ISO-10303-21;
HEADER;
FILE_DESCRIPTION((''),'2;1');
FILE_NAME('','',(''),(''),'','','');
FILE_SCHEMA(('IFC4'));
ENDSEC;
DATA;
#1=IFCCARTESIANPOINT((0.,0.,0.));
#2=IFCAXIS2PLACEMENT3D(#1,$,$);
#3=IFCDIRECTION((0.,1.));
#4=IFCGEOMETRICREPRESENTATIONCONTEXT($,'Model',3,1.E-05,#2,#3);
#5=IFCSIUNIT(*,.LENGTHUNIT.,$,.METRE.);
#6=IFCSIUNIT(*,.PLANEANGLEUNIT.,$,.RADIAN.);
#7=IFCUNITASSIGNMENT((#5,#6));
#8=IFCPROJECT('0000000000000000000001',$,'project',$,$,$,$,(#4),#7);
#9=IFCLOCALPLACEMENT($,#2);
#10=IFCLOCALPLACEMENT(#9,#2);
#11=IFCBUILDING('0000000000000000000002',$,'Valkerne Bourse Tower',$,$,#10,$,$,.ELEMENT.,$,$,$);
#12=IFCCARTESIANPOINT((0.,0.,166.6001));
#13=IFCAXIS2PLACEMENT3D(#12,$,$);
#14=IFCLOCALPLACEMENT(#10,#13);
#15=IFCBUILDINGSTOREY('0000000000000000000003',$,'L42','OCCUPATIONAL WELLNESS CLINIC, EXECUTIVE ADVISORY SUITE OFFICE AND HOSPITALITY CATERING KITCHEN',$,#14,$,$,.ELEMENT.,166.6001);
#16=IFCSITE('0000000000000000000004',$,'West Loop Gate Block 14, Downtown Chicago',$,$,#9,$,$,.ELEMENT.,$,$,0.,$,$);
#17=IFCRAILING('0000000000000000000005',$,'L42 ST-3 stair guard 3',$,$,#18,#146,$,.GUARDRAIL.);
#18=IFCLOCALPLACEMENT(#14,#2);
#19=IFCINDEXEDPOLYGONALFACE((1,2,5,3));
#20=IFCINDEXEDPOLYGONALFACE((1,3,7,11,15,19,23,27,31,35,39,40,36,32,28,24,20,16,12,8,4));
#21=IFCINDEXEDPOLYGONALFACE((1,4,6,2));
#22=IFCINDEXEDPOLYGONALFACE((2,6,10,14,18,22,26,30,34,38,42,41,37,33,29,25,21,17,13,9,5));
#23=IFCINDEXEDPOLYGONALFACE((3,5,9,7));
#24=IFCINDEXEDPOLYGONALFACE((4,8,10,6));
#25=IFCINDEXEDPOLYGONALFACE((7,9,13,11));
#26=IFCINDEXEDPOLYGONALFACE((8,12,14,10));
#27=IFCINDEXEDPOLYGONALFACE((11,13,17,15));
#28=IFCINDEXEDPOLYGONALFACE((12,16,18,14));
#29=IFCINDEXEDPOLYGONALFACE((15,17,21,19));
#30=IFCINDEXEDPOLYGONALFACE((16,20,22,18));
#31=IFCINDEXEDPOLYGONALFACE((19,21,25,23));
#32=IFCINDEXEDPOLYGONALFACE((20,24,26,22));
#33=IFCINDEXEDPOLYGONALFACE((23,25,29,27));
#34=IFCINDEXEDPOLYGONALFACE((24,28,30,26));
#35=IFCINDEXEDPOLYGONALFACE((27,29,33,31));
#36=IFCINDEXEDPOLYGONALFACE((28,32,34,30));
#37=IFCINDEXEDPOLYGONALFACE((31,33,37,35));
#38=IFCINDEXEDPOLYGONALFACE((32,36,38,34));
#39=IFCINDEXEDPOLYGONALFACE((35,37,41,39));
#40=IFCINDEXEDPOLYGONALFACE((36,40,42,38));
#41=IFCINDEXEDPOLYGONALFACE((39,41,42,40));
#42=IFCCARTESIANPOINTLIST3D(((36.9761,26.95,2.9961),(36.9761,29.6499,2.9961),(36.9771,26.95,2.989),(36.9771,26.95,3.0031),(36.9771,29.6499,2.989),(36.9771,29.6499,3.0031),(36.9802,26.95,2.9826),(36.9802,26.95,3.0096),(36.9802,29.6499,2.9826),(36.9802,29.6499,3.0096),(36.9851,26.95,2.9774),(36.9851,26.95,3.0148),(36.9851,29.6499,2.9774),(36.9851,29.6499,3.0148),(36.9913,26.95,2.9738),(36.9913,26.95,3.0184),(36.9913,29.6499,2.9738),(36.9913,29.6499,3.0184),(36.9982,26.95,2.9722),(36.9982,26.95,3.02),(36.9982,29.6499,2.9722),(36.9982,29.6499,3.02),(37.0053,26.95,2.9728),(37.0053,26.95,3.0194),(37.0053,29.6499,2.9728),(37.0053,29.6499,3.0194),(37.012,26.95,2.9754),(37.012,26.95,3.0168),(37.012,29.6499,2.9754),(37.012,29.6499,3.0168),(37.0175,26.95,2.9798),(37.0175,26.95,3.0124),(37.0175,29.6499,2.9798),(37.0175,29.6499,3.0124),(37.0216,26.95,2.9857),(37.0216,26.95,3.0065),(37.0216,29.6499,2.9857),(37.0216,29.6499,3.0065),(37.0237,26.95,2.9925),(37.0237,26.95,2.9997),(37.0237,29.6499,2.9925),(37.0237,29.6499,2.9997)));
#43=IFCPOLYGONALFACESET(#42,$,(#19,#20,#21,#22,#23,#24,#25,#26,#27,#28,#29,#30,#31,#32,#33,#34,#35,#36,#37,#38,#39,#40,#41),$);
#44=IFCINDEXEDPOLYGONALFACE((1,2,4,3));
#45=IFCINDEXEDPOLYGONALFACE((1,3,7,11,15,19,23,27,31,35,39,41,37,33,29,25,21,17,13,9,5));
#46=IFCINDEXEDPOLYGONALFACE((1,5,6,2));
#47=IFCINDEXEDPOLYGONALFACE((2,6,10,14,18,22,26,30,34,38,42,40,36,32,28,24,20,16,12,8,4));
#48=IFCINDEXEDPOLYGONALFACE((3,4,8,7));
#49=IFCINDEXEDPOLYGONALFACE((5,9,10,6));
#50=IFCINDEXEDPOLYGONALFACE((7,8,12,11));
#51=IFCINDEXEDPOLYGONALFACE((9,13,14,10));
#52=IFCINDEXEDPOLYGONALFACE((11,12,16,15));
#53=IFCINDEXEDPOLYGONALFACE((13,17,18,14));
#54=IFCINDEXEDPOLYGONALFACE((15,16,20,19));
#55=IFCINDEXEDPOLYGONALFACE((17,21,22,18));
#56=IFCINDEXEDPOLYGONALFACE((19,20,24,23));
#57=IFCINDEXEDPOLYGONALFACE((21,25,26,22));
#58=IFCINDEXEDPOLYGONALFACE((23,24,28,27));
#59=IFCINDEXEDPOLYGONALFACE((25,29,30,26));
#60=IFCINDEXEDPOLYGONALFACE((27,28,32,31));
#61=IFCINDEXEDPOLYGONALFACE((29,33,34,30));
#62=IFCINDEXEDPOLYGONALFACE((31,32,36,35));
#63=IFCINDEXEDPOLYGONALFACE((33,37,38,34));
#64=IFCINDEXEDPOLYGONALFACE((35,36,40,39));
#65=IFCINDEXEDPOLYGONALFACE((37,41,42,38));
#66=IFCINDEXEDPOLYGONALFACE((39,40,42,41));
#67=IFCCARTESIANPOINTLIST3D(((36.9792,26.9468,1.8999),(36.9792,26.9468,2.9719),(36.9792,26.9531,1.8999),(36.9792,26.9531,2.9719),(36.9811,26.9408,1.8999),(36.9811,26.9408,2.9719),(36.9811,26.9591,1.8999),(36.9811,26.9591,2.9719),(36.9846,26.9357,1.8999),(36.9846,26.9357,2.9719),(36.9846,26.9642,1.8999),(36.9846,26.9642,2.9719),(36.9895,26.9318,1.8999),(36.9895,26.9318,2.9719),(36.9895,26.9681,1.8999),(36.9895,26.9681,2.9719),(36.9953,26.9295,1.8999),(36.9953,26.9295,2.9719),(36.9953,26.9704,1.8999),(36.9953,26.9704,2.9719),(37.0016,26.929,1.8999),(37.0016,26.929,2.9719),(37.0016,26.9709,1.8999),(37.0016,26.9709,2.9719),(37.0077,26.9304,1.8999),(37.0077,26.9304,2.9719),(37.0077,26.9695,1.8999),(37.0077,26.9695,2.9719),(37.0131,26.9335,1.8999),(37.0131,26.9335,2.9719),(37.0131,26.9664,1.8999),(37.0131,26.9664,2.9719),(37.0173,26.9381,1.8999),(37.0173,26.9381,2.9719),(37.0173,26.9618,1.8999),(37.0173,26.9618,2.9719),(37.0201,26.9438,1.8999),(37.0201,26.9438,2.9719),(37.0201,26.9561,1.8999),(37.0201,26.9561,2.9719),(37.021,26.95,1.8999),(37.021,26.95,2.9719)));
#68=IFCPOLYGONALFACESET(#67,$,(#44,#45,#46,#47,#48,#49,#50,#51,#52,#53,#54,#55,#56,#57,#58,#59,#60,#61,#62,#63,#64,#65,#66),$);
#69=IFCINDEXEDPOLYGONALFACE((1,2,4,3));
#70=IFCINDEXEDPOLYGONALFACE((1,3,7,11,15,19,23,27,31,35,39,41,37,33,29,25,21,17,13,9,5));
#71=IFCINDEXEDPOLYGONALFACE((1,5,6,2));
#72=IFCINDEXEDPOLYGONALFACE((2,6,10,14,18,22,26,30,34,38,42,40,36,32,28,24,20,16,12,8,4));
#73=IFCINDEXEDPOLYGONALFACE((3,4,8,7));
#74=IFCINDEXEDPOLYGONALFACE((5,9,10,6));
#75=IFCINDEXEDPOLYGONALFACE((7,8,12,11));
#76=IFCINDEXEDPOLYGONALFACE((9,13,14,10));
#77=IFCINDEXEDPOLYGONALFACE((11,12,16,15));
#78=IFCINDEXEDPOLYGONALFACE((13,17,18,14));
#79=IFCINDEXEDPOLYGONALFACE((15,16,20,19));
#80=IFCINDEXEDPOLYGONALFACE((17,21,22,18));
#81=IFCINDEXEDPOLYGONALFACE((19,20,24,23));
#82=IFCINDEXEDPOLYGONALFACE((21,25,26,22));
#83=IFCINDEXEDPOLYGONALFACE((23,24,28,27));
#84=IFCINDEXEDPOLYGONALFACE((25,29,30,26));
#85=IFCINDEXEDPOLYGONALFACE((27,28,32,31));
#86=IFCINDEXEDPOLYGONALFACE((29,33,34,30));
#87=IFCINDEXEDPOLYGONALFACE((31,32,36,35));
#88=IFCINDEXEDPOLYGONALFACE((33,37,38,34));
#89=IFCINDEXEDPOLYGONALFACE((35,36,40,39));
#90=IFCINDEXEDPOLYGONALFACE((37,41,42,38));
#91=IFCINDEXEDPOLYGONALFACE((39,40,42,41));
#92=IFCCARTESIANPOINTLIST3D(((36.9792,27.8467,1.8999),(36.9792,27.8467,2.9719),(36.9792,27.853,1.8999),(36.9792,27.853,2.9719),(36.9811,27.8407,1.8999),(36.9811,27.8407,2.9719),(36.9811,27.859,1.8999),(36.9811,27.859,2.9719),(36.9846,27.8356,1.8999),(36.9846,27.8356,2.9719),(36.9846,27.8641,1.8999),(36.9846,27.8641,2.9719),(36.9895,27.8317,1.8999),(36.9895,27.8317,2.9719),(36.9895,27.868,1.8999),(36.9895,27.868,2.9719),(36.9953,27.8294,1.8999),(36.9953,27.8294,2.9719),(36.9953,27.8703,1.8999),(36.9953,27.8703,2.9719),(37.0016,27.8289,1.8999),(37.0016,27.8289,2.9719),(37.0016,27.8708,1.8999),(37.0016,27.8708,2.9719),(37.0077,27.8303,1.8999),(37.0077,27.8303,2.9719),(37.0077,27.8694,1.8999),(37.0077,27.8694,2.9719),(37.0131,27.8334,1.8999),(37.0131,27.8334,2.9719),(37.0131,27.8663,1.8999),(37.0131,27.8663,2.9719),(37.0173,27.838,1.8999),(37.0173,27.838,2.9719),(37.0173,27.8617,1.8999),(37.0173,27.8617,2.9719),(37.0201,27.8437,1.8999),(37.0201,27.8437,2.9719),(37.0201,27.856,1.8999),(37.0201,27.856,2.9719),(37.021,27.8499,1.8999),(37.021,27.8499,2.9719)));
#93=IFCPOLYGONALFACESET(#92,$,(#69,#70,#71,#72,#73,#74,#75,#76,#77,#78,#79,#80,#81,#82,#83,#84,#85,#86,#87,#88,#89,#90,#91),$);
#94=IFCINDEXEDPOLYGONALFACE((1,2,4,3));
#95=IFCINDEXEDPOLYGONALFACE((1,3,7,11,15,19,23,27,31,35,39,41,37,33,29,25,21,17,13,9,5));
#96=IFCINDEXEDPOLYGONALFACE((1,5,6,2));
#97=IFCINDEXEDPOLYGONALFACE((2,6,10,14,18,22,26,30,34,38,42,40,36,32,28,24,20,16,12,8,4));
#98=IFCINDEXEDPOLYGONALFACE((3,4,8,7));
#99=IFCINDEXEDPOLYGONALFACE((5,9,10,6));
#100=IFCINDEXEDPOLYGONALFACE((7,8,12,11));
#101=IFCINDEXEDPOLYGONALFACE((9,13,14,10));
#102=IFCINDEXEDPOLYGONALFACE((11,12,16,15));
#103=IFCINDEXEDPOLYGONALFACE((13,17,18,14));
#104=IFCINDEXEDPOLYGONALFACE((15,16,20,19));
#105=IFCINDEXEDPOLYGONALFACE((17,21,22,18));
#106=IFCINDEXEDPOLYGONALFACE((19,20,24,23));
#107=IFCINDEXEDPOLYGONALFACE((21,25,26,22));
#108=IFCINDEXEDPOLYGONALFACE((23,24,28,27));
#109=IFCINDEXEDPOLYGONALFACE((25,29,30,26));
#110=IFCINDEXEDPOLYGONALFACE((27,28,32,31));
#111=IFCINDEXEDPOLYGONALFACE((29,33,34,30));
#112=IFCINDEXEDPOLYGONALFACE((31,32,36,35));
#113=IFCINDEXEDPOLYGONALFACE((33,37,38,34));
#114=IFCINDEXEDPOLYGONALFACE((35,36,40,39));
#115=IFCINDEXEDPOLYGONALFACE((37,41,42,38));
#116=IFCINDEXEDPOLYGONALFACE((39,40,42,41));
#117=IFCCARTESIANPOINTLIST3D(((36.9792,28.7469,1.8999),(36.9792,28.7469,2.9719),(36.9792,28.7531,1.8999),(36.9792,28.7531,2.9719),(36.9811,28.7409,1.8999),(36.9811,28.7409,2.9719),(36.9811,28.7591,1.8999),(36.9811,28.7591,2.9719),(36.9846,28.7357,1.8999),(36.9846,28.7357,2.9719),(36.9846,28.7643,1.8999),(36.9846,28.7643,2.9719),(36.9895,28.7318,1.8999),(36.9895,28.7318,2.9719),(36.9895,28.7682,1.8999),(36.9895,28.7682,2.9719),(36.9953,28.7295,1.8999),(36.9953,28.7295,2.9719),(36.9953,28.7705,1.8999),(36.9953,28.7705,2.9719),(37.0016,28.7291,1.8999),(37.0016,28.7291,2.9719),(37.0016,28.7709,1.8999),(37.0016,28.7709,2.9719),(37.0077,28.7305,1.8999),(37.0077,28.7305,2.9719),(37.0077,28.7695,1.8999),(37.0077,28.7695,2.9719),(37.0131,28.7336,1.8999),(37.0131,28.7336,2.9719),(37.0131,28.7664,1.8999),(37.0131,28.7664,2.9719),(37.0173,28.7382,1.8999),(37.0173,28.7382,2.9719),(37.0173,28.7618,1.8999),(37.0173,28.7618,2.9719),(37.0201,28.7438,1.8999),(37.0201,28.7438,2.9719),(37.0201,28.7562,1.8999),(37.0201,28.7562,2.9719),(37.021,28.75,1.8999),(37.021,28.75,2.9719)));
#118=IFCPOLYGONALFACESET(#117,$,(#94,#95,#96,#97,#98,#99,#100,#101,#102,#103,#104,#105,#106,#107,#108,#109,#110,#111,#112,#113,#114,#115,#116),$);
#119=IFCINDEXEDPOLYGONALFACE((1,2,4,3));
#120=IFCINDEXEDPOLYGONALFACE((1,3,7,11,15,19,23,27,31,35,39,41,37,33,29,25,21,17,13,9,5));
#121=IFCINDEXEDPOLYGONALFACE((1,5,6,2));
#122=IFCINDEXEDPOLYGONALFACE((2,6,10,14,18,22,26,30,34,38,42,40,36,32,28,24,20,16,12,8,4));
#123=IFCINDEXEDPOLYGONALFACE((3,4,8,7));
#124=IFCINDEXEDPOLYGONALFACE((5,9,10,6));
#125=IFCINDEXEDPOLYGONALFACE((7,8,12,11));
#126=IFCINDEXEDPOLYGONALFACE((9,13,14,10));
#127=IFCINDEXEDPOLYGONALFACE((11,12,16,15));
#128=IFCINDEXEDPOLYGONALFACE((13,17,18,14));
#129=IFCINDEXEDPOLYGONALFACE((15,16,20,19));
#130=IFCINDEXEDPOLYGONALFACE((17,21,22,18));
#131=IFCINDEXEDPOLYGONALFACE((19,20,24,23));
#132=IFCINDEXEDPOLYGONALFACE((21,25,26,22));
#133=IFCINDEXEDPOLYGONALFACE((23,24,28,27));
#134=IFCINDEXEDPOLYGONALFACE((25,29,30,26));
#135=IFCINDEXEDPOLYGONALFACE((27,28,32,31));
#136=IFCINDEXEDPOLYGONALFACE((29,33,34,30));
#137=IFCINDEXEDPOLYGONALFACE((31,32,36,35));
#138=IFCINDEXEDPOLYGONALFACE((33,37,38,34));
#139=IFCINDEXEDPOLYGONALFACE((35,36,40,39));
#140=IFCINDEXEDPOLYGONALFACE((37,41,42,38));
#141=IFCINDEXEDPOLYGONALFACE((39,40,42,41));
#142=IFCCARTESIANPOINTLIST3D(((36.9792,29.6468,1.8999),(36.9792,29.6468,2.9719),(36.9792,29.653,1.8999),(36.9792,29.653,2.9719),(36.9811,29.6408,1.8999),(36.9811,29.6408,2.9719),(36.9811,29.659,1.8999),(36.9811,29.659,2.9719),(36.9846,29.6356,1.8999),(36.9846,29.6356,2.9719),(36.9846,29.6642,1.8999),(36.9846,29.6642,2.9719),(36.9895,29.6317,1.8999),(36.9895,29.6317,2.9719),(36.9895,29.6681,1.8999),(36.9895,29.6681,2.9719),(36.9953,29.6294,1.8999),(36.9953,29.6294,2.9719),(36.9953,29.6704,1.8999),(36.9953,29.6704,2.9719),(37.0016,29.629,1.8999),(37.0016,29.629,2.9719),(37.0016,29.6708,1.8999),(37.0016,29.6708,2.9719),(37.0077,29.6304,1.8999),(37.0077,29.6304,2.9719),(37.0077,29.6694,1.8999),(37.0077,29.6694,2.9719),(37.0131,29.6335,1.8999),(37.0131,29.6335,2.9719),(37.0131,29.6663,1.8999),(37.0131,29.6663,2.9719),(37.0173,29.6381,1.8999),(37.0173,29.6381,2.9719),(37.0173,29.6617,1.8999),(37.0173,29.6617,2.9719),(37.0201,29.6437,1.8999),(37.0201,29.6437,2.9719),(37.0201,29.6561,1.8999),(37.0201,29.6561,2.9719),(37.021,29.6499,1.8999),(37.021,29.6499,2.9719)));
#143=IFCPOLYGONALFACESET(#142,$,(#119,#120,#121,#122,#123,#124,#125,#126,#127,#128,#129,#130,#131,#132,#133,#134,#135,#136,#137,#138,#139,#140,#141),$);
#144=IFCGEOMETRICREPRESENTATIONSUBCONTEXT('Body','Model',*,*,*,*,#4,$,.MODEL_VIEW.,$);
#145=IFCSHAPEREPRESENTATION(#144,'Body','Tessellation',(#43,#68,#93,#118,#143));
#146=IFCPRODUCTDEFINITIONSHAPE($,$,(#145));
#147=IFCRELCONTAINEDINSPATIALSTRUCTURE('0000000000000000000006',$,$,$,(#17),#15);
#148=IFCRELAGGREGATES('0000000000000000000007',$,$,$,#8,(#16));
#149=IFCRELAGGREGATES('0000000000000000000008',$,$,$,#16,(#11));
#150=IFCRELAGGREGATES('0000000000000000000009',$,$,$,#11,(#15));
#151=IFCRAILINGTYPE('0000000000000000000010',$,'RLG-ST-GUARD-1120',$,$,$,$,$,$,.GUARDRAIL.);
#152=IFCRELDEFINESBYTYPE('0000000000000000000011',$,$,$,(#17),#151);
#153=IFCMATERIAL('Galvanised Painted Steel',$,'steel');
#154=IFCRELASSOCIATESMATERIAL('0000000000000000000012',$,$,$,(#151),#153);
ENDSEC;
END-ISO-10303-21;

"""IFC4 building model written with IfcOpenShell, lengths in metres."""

from ifc_helpers import new_model, si_unit, direction, frame, origin, origin_2d, place, context, subcontext, project, spatial, circle, extrude, material, type_object, element, save


model = new_model("IFC4")

# Units and contexts
model_context = context("Model", 3, precision=1e-05, world=origin(), true_north=direction((0.0, 1.0)))
body_context = subcontext(model_context, "Body", "Model", "MODEL_VIEW")
ifc_project = project(units=[si_unit("LENGTHUNIT", "METRE"), si_unit("PLANEANGLEUNIT", "RADIAN")], contexts=[model_context])

# Site, building, storey
site_placement = place(None, origin())
site = spatial("IfcSite", under=ifc_project, at=site_placement, Name="West Loop Gate Block 14, Downtown Chicago", CompositionType="ELEMENT", RefElevation=0.0)
building_placement = place(site_placement, origin())
building = spatial("IfcBuilding", under=site, at=building_placement, Name="Valkerne Bourse Tower", CompositionType="ELEMENT")
storey_placement = place(building_placement, frame((0.0, 0.0, 166.6001)))
storey = spatial("IfcBuildingStorey", under=building, at=storey_placement, Name="L42", Description="OCCUPATIONAL WELLNESS CLINIC, EXECUTIVE ADVISORY SUITE OFFICE AND HOSPITALITY CATERING KITCHEN", CompositionType="ELEMENT", Elevation=166.6001)

# Railing
ifc_material_1 = material(Name="Galvanised Painted Steel", Category="steel")
railing_type_1 = type_object("IfcRailingType", Name="RLG-ST-GUARD-1120", PredefinedType="GUARDRAIL", material=ifc_material_1)
for number, where, name in (
    (1, (37.0, 26.95, 1.8999), "L42 ST-3 stair guard 3"),
):
    element("IfcRailing", number, at=place(storey_placement, frame(where)), inside=storey, type_object=railing_type_1, Name=name, PredefinedType="GUARDRAIL", context=body_context, shape_type="SweptSolid", body=[
        extrude(circle(Radius=0.0239, at=origin_2d()), frame((0.0, 0.0, 1.0962), z_axis=(0.0, 1.0, 0.0), x_axis=(-1.0, 0.0, 0.0)), (0.0, 0.0, 1.0), 2.7),
        extrude(circle(Radius=0.021, at=origin_2d()), origin(), (0.0, 0.0, 1.0), 1.072),
        extrude(circle(Radius=0.021, at=origin_2d()), frame((0.0, 0.8999, 0.0)), (0.0, 0.0, 1.0), 1.072),
        extrude(circle(Radius=0.021, at=origin_2d()), frame((0.0, 1.8, 0.0)), (0.0, 0.0, 1.0), 1.072),
        extrude(circle(Radius=0.021, at=origin_2d()), frame((0.0, 2.7, 0.0)), (0.0, 0.0, 1.0), 1.072),
    ])

save(model, "model.ifc")
